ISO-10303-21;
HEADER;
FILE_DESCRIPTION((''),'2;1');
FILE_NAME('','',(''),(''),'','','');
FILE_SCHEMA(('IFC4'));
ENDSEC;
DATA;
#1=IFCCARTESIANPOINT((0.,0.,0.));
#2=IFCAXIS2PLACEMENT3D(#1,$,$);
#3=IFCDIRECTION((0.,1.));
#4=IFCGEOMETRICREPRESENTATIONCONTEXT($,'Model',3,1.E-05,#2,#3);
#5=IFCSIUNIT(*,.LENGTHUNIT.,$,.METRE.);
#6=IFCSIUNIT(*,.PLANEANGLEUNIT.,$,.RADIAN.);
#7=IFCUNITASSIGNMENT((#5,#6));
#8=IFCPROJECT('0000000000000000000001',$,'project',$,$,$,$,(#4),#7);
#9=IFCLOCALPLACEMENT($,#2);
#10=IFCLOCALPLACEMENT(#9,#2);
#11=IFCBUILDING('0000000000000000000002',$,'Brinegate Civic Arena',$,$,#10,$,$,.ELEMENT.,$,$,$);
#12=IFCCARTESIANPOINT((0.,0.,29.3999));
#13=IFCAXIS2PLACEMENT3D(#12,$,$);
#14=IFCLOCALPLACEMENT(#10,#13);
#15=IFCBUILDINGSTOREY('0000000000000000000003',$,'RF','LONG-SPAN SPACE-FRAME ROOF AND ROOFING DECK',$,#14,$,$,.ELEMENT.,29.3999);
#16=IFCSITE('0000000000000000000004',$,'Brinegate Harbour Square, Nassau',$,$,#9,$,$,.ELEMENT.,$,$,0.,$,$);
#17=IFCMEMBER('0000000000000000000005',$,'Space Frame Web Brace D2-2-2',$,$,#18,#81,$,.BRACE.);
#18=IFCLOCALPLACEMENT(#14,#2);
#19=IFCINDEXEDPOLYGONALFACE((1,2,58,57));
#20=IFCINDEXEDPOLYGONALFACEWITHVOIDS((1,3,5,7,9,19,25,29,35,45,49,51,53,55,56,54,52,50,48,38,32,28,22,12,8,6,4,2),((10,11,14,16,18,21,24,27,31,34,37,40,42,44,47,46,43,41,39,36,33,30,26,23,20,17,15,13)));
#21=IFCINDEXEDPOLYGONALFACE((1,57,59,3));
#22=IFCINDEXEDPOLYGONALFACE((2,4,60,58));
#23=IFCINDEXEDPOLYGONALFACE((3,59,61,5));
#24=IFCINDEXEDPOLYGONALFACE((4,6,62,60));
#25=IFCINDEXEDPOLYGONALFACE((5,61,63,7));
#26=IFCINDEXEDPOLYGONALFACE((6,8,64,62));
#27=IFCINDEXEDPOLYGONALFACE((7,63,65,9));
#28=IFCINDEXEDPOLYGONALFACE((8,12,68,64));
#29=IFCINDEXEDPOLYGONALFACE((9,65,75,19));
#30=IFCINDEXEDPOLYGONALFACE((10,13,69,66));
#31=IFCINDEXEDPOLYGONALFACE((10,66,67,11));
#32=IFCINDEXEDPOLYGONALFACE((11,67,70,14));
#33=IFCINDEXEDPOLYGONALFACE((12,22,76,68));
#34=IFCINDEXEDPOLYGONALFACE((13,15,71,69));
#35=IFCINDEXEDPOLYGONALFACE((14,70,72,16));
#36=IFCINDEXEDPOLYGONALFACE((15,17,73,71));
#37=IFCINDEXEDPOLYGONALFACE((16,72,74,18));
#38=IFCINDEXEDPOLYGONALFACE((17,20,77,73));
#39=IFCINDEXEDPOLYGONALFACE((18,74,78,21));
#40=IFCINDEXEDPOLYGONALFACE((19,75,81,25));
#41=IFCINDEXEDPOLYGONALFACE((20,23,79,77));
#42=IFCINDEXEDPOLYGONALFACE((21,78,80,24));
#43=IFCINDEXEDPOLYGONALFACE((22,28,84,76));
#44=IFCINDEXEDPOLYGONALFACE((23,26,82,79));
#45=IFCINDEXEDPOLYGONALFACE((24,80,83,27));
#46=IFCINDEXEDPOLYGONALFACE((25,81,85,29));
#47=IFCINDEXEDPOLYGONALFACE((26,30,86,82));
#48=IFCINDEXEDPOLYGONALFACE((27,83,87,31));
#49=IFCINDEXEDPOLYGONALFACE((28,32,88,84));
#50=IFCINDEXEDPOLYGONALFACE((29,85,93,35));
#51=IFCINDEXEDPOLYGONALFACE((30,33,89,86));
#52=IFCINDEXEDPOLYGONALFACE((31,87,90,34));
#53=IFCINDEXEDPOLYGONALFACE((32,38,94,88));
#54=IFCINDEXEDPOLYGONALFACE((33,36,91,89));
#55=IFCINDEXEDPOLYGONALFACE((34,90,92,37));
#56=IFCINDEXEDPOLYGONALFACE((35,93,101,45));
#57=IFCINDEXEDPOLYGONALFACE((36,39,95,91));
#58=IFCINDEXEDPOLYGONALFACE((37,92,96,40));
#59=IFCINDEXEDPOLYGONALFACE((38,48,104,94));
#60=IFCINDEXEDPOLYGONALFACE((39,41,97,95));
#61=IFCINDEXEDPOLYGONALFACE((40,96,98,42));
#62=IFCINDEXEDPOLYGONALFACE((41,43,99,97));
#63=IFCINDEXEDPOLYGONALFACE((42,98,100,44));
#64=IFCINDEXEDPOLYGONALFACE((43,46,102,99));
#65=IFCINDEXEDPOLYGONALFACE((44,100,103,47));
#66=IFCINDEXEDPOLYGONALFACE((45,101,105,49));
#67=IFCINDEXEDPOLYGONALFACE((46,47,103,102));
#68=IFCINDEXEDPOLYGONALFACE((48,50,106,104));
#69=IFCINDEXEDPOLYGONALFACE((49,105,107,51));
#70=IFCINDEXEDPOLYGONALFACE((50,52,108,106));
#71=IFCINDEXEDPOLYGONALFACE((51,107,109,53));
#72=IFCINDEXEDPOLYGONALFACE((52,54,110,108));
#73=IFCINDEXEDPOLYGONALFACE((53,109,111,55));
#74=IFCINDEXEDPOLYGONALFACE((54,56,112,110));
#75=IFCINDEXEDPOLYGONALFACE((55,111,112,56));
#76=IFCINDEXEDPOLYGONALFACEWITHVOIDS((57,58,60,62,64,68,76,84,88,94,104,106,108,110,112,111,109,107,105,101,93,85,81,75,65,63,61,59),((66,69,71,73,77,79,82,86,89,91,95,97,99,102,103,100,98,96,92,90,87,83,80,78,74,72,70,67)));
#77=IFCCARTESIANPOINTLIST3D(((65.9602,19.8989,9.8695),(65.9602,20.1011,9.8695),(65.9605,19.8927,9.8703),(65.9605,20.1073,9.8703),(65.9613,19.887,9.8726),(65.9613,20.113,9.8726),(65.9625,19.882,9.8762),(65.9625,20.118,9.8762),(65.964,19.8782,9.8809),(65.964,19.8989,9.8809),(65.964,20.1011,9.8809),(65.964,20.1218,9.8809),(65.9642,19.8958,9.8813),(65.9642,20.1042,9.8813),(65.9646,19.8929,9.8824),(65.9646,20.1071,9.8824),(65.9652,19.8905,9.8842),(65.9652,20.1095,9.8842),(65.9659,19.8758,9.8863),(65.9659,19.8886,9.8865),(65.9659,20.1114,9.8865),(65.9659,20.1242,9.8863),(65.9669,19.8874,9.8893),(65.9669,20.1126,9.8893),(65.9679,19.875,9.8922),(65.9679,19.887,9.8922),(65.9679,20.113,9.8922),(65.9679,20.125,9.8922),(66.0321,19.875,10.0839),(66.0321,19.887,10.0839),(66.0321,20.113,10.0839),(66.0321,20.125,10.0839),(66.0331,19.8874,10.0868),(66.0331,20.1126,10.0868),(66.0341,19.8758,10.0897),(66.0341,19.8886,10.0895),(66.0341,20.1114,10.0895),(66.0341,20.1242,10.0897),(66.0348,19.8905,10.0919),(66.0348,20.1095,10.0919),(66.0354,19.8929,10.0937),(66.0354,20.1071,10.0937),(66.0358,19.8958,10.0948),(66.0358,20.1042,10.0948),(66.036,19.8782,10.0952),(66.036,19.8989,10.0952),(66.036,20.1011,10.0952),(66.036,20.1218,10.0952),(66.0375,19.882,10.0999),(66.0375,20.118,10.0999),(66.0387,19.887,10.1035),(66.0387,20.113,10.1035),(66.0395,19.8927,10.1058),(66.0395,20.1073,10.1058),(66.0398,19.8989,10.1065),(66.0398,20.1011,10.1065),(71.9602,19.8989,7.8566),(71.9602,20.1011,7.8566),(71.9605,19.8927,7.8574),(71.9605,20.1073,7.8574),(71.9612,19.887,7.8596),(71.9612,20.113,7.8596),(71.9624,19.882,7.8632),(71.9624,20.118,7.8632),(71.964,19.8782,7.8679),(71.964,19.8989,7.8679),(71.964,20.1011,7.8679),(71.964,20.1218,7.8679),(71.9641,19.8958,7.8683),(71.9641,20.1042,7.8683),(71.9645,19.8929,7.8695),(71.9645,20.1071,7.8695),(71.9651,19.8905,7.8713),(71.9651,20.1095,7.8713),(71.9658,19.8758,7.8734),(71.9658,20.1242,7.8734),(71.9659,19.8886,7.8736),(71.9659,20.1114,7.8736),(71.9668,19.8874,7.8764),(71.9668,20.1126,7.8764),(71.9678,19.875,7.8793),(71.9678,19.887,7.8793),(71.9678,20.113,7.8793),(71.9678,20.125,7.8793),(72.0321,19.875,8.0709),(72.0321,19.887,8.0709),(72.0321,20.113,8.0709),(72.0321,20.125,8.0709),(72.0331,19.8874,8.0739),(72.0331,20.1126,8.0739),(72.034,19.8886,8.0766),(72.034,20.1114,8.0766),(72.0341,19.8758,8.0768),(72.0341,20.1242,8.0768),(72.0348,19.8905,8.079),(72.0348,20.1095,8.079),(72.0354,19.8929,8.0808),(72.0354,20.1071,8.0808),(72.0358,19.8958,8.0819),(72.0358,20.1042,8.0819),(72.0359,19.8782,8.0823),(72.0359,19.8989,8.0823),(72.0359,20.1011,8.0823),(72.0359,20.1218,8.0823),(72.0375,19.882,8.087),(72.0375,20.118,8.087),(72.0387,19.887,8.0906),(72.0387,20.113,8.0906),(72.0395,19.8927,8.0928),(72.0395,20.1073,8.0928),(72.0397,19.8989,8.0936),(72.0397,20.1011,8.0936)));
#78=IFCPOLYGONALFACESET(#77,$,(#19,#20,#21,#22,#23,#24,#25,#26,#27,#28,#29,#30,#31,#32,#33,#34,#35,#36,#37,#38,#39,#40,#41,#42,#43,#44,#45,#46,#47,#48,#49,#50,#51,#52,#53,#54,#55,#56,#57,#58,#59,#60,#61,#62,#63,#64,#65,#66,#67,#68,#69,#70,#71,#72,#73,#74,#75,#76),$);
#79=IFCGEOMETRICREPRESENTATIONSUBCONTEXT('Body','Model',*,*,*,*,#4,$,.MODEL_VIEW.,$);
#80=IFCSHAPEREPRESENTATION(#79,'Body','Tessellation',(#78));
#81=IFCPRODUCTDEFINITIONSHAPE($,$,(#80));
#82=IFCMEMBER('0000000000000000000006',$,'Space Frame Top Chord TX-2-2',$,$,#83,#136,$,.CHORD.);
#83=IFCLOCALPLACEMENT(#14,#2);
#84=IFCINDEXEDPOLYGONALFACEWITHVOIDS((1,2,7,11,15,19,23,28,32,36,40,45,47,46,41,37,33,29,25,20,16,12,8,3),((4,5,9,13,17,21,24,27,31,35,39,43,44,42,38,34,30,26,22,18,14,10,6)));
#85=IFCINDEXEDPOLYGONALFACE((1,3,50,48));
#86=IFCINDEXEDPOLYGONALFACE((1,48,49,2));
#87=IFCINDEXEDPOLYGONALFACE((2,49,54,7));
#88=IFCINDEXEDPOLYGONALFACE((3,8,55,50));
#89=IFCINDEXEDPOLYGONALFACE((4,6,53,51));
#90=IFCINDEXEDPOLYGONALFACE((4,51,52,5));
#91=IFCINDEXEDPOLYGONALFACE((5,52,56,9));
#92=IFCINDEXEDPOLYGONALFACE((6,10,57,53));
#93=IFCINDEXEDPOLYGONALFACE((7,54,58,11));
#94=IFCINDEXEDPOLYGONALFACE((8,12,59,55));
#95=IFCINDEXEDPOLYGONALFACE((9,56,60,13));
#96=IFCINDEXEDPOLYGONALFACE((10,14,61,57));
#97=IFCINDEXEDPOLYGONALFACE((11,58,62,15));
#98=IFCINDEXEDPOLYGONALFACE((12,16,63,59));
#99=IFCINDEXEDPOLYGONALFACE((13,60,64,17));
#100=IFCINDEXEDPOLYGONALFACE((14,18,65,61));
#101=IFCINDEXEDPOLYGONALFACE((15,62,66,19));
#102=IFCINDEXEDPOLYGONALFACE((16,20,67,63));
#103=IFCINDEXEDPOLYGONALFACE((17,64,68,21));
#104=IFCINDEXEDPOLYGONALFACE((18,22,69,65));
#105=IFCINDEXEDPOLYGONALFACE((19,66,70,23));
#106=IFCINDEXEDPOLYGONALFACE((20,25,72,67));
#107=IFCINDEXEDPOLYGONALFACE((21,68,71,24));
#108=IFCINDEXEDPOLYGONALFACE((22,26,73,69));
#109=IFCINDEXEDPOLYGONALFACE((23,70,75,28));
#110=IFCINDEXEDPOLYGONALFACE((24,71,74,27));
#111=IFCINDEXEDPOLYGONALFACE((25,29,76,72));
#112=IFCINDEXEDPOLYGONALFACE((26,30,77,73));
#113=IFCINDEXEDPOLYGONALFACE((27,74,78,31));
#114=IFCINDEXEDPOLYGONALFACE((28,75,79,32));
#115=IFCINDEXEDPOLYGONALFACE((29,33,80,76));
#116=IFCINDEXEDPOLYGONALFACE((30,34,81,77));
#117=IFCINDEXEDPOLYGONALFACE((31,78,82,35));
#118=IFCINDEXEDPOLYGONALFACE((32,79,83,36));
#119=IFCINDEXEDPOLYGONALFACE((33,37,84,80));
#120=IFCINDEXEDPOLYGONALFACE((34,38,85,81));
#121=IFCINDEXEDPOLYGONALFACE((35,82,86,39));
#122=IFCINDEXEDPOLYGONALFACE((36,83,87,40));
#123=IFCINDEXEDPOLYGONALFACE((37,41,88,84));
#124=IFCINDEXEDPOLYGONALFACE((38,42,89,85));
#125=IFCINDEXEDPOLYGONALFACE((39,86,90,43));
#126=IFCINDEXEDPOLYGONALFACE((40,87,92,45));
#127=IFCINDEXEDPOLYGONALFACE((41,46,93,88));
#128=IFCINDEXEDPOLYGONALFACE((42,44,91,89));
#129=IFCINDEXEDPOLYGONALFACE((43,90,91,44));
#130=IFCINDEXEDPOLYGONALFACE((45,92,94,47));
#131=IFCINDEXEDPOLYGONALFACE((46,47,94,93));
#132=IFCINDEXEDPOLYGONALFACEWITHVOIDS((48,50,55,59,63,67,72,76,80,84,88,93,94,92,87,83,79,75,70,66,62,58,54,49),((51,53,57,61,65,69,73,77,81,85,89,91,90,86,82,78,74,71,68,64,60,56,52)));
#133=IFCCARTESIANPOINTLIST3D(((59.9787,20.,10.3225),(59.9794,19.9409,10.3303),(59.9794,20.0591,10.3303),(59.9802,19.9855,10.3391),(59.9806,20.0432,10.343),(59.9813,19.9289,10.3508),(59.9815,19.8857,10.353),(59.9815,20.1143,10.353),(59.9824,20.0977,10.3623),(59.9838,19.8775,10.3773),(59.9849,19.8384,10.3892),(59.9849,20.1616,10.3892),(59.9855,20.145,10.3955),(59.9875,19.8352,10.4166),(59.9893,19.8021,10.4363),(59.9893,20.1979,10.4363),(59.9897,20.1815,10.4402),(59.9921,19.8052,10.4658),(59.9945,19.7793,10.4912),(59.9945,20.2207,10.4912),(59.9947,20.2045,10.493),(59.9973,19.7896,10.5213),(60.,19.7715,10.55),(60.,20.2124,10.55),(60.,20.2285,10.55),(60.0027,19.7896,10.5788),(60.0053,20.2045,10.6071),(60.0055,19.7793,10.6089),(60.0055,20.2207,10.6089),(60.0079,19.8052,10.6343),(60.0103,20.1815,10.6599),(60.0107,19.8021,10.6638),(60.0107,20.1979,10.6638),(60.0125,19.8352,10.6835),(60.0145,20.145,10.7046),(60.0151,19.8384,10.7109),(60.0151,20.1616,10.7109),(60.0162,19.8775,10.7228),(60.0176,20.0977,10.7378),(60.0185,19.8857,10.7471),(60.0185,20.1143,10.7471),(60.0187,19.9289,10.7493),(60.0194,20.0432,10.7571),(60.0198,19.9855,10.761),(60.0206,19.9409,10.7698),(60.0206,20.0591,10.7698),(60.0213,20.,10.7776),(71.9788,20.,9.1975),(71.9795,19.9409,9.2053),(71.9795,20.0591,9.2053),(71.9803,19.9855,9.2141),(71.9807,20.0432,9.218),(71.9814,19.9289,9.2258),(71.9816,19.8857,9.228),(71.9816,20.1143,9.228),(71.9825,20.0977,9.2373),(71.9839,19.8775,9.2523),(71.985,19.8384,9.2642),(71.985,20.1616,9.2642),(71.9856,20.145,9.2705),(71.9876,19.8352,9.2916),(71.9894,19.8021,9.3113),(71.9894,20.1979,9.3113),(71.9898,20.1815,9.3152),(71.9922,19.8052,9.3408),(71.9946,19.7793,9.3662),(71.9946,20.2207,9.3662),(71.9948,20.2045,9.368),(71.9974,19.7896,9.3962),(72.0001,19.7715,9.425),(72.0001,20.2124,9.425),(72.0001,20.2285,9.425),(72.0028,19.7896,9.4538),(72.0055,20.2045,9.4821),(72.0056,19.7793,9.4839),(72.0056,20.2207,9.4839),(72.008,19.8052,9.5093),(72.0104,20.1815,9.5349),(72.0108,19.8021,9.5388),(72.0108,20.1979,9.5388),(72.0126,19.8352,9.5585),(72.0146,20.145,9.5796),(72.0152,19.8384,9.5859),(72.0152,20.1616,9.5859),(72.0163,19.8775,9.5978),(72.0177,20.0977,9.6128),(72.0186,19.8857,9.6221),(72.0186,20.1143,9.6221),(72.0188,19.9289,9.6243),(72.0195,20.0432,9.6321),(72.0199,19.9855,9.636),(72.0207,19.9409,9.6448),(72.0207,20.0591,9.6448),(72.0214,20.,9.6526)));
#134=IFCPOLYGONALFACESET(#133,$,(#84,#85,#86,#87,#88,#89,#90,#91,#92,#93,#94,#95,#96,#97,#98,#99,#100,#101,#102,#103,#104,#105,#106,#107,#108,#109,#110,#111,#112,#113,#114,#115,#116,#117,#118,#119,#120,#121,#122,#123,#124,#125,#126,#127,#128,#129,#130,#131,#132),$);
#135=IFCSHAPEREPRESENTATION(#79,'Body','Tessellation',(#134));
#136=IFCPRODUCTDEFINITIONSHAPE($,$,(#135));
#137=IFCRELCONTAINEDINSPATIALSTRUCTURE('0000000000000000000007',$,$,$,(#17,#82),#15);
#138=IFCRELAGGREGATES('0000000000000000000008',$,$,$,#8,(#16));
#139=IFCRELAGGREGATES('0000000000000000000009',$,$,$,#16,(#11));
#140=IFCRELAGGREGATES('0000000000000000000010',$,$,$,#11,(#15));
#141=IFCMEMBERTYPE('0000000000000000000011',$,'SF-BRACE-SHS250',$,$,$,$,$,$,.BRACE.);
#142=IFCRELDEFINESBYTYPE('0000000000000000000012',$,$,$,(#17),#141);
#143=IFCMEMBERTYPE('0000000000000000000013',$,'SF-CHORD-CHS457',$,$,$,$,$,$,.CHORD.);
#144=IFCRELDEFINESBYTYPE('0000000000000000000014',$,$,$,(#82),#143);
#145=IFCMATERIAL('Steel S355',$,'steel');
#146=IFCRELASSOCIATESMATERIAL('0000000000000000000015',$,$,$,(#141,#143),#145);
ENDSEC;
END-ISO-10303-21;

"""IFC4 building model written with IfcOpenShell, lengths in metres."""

from ifc_helpers import new_model, si_unit, direction, frame, origin, origin_2d, place, context, subcontext, project, spatial, hollow_rectangle, hollow_circle, extrude, material, material_profile, profile_set, type_object, element, save


model = new_model("IFC4")

# Units and contexts
model_context = context("Model", 3, precision=1e-05, world=origin(), true_north=direction((0.0, 1.0)))
body_context = subcontext(model_context, "Body", "Model", "MODEL_VIEW")
ifc_project = project(units=[si_unit("LENGTHUNIT", "METRE"), si_unit("PLANEANGLEUNIT", "RADIAN")], contexts=[model_context])

# Site, building, storey
site_placement = place(None, origin())
site = spatial("IfcSite", under=ifc_project, at=site_placement, Name="Brinegate Harbour Square, Nassau", CompositionType="ELEMENT", RefElevation=0.0)
building_placement = place(site_placement, origin())
building = spatial("IfcBuilding", under=site, at=building_placement, Name="Brinegate Civic Arena", CompositionType="ELEMENT")
storey_placement = place(building_placement, frame((0.0, 0.0, 29.3999)))
storey = spatial("IfcBuildingStorey", under=building, at=storey_placement, Name="RF", Description="LONG-SPAN SPACE-FRAME ROOF AND ROOFING DECK", CompositionType="ELEMENT", Elevation=29.3999)

# Shared definitions
ifc_material_1 = material(Name="Steel S355", Category="steel")

# Members
ifc_material_profile_1 = material_profile(ifc_material_1, hollow_rectangle(XDim=0.25, YDim=0.25, WallThickness=0.012, InnerFilletRadius=0.012, OuterFilletRadius=0.0239, at=origin_2d()), Name="SHS250X12")
ifc_profile_set_1 = profile_set([ifc_material_profile_1], Name="Steel S355")
member_type_1 = type_object("IfcMemberType", Name="SF-BRACE-SHS250", PredefinedType="BRACE", material=ifc_profile_set_1)
member_1_placement = place(storey_placement, frame((66.0, 20.0, 9.988), z_axis=(0.948068, 0.0, -0.318067), x_axis=(0.0, 1.0, 0.0)))
element("IfcMember", 1, at=member_1_placement, inside=storey, type_object=member_type_1, Name="Space Frame Web Brace D2-2-2", PredefinedType="BRACE", context=body_context, shape_type="SweptSolid", body=[
    extrude(hollow_rectangle(XDim=0.25, YDim=0.25, WallThickness=0.012, InnerFilletRadius=0.012, OuterFilletRadius=0.0239, at=origin_2d()), origin(), (0.0, 0.0, 1.0), 6.3286),
])
ifc_material_profile_2 = material_profile(ifc_material_1, hollow_circle(Radius=0.2285, WallThickness=0.0161, at=origin_2d()), Name="CHS457X16")
ifc_profile_set_2 = profile_set([ifc_material_profile_2], Name="Steel S355")
member_type_2 = type_object("IfcMemberType", Name="SF-CHORD-CHS457", PredefinedType="CHORD", material=ifc_profile_set_2)
member_2_placement = place(storey_placement, frame((60.0, 20.0, 10.55), z_axis=(0.995634, 0.0, -0.093341), x_axis=(0.0, 1.0, 0.0)))
element("IfcMember", 2, at=member_2_placement, inside=storey, type_object=member_type_2, Name="Space Frame Top Chord TX-2-2", PredefinedType="CHORD", context=body_context, shape_type="SweptSolid", body=[
    extrude(hollow_circle(Radius=0.2285, WallThickness=0.0161, at=origin_2d()), origin(), (0.0, 0.0, 1.0), 12.0527),
])

save(model, "model.ifc")
